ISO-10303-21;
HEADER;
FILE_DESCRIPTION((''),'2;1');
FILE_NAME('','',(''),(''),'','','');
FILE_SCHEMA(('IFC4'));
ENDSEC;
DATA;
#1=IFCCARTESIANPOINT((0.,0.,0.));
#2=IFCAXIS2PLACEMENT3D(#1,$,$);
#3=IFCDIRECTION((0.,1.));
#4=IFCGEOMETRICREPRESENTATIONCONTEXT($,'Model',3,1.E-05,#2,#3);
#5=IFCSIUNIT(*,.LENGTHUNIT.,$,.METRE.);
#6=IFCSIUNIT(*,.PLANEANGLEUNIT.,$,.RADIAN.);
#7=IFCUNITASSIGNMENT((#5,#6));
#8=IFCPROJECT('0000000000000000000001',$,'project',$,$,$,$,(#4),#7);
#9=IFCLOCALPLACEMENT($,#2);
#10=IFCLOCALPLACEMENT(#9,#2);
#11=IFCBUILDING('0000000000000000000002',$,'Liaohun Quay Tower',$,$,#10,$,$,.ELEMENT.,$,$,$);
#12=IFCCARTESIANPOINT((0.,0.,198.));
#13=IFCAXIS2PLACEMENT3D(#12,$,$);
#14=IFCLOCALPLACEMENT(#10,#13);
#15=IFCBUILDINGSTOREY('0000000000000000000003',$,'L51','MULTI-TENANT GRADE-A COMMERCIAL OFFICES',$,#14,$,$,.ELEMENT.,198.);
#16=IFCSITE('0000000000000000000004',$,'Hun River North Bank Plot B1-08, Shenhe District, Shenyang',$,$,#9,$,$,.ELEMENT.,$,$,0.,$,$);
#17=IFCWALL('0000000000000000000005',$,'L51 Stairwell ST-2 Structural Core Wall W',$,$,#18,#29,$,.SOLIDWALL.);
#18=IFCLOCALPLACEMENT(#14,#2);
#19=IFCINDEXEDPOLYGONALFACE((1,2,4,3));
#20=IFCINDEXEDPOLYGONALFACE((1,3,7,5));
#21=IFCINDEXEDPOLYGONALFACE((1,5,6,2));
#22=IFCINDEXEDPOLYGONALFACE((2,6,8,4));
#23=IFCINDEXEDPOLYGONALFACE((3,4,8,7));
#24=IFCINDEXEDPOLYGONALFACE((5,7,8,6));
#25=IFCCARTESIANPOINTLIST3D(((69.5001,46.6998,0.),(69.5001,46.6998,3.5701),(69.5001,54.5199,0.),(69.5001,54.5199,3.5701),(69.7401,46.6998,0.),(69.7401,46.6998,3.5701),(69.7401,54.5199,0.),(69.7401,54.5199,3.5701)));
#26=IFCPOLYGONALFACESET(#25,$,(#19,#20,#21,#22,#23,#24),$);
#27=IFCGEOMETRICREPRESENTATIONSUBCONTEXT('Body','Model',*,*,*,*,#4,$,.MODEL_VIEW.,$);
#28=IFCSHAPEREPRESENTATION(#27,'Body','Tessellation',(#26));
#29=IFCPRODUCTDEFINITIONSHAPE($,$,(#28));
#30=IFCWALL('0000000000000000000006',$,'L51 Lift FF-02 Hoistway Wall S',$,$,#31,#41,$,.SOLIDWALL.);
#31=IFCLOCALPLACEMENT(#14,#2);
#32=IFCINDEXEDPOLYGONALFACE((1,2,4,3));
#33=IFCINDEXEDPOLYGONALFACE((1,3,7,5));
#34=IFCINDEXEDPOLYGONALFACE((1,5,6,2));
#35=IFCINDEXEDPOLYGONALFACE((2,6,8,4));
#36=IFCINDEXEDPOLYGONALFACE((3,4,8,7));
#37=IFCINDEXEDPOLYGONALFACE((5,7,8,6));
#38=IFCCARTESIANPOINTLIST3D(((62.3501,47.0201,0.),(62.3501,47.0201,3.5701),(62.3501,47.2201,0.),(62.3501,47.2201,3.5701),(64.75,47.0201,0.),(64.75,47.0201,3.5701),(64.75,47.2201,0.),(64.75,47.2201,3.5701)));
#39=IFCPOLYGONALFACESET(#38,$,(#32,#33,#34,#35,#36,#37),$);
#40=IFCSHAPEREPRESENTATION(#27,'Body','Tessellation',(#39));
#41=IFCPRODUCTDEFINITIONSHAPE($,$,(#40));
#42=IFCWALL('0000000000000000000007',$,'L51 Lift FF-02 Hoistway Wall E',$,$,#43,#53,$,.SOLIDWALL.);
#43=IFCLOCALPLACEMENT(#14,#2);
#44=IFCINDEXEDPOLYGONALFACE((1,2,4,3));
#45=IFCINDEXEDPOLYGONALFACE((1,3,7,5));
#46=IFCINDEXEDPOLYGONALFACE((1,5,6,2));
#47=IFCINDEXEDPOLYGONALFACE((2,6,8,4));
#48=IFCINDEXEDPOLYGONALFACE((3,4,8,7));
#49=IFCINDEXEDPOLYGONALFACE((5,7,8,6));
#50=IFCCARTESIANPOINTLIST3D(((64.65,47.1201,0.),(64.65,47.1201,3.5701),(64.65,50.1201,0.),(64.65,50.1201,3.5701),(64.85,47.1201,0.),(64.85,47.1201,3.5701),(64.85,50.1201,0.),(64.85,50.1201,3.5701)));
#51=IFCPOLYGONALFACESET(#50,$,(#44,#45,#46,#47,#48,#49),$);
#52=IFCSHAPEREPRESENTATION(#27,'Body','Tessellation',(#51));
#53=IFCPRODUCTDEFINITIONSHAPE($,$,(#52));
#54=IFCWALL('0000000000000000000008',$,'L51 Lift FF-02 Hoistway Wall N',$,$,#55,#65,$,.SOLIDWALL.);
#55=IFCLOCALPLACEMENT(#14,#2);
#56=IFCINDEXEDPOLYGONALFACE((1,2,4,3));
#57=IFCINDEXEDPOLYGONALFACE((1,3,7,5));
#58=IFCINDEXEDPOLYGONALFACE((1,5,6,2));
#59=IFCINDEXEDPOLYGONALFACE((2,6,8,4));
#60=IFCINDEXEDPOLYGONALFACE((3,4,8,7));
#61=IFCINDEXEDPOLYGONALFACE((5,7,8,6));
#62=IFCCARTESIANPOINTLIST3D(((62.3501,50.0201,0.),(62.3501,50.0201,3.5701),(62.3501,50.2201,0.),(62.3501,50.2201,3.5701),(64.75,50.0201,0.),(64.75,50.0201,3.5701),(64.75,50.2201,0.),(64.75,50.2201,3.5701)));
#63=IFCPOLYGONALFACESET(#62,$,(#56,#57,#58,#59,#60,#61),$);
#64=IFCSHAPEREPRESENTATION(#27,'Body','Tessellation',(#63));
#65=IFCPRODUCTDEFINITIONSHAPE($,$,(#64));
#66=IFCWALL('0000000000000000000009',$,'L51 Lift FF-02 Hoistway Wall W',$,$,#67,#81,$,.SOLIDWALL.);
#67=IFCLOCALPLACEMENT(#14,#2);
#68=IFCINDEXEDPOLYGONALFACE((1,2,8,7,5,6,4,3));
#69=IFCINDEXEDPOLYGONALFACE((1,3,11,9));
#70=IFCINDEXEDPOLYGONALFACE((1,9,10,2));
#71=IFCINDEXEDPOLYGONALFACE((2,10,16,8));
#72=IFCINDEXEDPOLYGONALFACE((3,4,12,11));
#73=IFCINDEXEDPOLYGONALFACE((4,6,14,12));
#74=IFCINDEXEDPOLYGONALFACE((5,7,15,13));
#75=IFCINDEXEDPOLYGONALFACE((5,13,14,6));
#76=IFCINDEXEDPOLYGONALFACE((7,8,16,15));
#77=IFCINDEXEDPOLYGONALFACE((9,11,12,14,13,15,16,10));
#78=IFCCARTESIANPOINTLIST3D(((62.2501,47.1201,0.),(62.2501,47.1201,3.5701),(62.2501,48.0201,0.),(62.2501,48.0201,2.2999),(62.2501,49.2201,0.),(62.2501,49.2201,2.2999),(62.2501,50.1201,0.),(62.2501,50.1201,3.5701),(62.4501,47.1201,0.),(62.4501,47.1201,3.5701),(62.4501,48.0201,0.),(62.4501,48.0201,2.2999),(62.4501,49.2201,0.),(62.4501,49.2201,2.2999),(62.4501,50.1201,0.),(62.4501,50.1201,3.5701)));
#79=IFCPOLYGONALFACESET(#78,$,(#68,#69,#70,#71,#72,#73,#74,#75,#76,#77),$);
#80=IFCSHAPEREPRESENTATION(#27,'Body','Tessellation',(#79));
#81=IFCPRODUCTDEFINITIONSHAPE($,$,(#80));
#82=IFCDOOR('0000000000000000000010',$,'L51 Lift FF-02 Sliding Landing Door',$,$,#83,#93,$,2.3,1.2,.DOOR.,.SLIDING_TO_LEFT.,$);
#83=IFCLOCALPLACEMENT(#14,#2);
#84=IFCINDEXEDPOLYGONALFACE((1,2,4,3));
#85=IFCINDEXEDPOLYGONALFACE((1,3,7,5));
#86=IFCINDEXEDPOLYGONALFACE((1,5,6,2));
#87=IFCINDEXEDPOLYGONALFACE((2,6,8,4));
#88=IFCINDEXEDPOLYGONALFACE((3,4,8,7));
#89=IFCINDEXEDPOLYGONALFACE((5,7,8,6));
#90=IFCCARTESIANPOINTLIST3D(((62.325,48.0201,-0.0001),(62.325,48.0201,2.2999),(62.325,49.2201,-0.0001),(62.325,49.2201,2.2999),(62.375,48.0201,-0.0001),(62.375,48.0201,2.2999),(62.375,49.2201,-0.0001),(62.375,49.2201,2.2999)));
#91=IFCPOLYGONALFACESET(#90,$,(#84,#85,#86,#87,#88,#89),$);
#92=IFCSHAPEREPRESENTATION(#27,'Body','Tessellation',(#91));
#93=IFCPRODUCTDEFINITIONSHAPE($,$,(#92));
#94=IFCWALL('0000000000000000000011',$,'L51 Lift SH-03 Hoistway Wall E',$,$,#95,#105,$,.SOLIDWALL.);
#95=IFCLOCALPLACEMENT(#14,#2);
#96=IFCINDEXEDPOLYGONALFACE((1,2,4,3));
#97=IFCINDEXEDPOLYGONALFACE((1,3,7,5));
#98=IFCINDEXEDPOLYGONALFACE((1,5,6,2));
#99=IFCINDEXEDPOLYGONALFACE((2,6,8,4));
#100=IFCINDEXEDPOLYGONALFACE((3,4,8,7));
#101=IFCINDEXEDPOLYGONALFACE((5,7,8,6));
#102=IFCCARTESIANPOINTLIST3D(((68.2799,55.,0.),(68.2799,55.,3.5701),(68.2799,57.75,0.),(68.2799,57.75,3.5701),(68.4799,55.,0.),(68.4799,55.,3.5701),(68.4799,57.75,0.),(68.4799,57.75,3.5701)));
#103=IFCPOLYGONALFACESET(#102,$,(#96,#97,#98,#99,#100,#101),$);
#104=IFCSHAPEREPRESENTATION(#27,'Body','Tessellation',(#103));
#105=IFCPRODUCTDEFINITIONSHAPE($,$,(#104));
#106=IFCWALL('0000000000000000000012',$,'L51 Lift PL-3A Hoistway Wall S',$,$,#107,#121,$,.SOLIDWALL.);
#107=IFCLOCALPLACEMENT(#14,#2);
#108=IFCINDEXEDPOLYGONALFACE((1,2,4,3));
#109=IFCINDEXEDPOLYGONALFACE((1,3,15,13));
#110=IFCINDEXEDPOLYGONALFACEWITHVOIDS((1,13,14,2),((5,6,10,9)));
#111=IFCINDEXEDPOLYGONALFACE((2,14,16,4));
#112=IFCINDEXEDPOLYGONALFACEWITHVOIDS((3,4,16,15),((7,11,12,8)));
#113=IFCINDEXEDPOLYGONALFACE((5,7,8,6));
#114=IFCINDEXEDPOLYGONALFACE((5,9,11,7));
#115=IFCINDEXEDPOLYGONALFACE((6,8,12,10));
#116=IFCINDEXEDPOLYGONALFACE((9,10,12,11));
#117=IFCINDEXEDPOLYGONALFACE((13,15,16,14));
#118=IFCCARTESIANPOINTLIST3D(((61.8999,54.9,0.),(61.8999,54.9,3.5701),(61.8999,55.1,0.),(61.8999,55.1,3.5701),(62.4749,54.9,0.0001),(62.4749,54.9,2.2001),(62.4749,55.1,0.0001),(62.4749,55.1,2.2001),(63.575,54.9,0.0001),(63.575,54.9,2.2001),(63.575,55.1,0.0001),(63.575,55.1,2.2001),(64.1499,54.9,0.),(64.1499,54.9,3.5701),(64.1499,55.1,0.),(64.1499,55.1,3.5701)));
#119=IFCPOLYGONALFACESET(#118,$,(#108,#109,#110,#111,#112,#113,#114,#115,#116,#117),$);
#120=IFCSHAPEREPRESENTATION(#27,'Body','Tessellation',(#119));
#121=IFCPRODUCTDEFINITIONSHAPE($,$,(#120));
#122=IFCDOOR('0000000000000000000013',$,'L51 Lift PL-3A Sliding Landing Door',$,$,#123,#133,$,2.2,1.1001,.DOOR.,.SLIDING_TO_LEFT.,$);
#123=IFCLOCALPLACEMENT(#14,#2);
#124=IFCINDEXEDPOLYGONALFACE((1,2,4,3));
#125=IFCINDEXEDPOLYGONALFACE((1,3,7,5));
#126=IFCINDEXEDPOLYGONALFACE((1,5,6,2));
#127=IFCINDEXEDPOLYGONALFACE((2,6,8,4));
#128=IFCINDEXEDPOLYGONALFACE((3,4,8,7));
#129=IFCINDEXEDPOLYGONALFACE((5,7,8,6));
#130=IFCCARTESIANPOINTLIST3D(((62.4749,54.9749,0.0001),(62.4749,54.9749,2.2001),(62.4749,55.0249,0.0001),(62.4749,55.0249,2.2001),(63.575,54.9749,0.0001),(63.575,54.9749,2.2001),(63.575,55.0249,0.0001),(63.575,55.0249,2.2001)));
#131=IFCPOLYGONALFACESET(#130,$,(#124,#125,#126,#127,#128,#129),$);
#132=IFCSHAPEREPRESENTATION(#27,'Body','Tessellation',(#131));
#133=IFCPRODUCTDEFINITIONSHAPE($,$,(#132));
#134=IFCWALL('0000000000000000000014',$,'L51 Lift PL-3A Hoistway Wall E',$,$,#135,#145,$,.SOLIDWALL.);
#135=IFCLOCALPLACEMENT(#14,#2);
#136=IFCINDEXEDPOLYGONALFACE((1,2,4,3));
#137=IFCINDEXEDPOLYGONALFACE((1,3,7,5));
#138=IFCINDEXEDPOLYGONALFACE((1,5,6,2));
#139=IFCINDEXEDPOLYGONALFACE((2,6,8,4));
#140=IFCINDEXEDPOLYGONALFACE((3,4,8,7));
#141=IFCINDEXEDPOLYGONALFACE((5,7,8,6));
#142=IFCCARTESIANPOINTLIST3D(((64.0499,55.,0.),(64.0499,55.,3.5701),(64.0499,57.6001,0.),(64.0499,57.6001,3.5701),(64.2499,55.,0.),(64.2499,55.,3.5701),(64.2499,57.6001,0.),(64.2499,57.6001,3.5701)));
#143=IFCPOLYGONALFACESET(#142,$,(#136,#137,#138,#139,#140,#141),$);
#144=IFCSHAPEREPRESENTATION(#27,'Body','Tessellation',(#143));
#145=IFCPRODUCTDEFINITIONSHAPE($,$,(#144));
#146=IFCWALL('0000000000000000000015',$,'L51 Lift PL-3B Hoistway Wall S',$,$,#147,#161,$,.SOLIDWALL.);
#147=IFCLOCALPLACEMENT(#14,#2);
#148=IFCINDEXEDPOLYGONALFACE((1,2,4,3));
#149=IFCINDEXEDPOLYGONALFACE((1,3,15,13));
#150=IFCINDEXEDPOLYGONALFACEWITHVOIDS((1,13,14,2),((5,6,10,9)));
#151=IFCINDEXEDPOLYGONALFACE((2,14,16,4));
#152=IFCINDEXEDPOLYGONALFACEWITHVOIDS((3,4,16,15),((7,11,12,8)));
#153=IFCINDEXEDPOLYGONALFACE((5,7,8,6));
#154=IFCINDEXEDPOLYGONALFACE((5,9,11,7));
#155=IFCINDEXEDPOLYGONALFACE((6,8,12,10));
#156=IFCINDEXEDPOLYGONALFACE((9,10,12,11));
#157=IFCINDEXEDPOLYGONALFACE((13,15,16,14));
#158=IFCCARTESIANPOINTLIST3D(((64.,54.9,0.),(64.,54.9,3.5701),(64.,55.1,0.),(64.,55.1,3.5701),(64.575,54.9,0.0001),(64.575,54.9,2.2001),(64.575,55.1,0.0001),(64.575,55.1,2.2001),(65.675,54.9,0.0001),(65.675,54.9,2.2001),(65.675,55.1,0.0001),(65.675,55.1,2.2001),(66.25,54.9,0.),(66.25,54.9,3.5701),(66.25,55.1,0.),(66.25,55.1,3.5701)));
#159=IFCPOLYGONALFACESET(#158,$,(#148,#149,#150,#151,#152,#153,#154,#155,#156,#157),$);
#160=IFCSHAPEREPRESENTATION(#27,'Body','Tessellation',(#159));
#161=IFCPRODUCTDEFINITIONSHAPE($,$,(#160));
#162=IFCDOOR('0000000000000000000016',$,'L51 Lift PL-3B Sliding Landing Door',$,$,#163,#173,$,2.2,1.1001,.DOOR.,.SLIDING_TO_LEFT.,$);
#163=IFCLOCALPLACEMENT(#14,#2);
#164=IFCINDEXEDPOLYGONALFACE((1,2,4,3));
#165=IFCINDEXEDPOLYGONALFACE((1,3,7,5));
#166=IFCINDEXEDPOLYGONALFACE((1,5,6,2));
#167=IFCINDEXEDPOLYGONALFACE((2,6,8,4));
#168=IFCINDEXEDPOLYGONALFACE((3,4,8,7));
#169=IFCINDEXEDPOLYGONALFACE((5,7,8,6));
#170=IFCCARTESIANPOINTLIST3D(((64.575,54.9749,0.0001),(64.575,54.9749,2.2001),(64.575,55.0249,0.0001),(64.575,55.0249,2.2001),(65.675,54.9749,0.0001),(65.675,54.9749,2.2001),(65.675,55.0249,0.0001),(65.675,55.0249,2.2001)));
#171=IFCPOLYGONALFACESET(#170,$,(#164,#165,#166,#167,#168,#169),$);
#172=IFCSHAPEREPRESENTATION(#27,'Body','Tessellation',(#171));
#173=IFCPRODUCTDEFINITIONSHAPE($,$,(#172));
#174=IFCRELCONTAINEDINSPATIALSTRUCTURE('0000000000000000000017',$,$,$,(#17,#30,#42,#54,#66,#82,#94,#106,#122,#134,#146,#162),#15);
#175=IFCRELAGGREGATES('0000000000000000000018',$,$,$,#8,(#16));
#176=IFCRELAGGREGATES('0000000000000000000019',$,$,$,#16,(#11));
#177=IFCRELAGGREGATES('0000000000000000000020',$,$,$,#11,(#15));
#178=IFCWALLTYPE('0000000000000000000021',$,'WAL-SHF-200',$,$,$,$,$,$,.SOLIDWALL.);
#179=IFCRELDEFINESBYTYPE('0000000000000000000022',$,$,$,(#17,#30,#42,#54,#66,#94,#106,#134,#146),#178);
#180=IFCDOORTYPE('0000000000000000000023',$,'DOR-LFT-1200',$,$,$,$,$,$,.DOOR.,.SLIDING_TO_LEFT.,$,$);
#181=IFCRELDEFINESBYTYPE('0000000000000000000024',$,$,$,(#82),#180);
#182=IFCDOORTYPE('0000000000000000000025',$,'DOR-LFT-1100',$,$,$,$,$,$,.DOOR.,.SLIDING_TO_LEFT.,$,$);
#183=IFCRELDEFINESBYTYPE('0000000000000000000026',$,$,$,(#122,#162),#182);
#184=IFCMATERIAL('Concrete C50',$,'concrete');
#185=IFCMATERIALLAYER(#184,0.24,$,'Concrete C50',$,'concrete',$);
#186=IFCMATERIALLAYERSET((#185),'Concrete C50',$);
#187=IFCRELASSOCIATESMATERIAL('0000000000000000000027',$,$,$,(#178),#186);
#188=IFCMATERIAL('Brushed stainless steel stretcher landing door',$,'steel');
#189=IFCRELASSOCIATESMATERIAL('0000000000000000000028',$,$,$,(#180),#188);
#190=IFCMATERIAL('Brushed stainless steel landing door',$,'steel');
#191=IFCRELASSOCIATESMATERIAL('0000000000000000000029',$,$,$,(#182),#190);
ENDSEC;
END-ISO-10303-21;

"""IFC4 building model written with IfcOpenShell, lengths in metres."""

from ifc_helpers import new_model, si_unit, direction, frame, frame_2d, origin, place, context, subcontext, project, spatial, rectangle, extrude, source, transform, mapped, material, layer, layer_set, type_object, element, fill, save


model = new_model("IFC4")

# Units and contexts
model_context = context("Model", 3, precision=1e-05, world=origin(), true_north=direction((0.0, 1.0)))
body_context = subcontext(model_context, "Body", "Model", "MODEL_VIEW")
ifc_project = project(units=[si_unit("LENGTHUNIT", "METRE"), si_unit("PLANEANGLEUNIT", "RADIAN")], contexts=[model_context])

# Site, building, storey
site_placement = place(None, origin())
site = spatial("IfcSite", under=ifc_project, at=site_placement, Name="Hun River North Bank Plot B1-08, Shenhe District, Shenyang", CompositionType="ELEMENT", RefElevation=0.0)
building_placement = place(site_placement, origin())
building = spatial("IfcBuilding", under=site, at=building_placement, Name="Liaohun Quay Tower", CompositionType="ELEMENT")
storey_placement = place(building_placement, frame((0.0, 0.0, 198.0)))
storey = spatial("IfcBuildingStorey", under=building, at=storey_placement, Name="L51", Description="MULTI-TENANT GRADE-A COMMERCIAL OFFICES", CompositionType="ELEMENT", Elevation=198.0)

# Walls
ifc_material_1 = material(Name="Concrete C50", Category="concrete")
ifc_layer_1 = layer(ifc_material_1, 0.24, Name="Concrete C50", Category="concrete")
ifc_layer_set_1 = layer_set([ifc_layer_1], Name="Concrete C50")
wall_type_1 = type_object("IfcWallType", Name="WAL-SHF-200", PredefinedType="SOLIDWALL", material=ifc_layer_set_1)
wall_1_placement = place(storey_placement, frame((69.6201, 54.52, 0.0), z_axis=(0.0, 0.0, 1.0), x_axis=(0.0, -1.0, 0.0)))
element("IfcWall", 1, at=wall_1_placement, inside=storey, type_object=wall_type_1, Name="L51 Stairwell ST-2 Structural Core Wall W", PredefinedType="SOLIDWALL", context=body_context, shape_type="SweptSolid", body=[
    extrude(rectangle(XDim=7.8201, YDim=0.24, at=frame_2d((3.9102, 0.0))), origin(), (0.0, 0.0, 1.0), 3.5701),
])
wall_2_placement = place(storey_placement, frame((62.3501, 47.1201, 0.0), z_axis=(0.0, 0.0, 1.0), x_axis=(1.0, 0.0, 0.0)))
element("IfcWall", 2, at=wall_2_placement, inside=storey, type_object=wall_type_1, Name="L51 Lift FF-02 Hoistway Wall S", PredefinedType="SOLIDWALL", context=body_context, shape_type="SweptSolid", body=[
    extrude(rectangle(XDim=2.3999, YDim=0.2, at=frame_2d((1.2, 0.0))), origin(), (0.0, 0.0, 1.0), 3.5701),
])
wall_3_placement = place(storey_placement, frame((64.75, 47.1201, 0.0), z_axis=(0.0, 0.0, 1.0), x_axis=(0.0, 1.0, 0.0)))
element("IfcWall", 3, at=wall_3_placement, inside=storey, type_object=wall_type_1, Name="L51 Lift FF-02 Hoistway Wall E", PredefinedType="SOLIDWALL", context=body_context, shape_type="SweptSolid", body=[
    extrude(rectangle(XDim=3.0, YDim=0.2, at=frame_2d((1.5, 0.0))), origin(), (0.0, 0.0, 1.0), 3.5701),
])
wall_4_placement = place(storey_placement, frame((64.75, 50.1201, 0.0), z_axis=(0.0, 0.0, 1.0), x_axis=(-1.0, 0.0, 0.0)))
element("IfcWall", 4, at=wall_4_placement, inside=storey, type_object=wall_type_1, Name="L51 Lift FF-02 Hoistway Wall N", PredefinedType="SOLIDWALL", context=body_context, shape_type="SweptSolid", body=[
    extrude(rectangle(XDim=2.3999, YDim=0.2, at=frame_2d((1.2, 0.0))), origin(), (0.0, 0.0, 1.0), 3.5701),
])

# Wall, opening, door
wall_5_placement = place(storey_placement, frame((62.3501, 50.1201, 0.0), z_axis=(0.0, 0.0, 1.0), x_axis=(0.0, -1.0, 0.0)))
wall_5 = element("IfcWall", 5, at=wall_5_placement, inside=storey, type_object=wall_type_1, Name="L51 Lift FF-02 Hoistway Wall W", PredefinedType="SOLIDWALL", context=body_context, shape_type="SweptSolid", body=[
    extrude(rectangle(XDim=3.0, YDim=0.2, at=frame_2d((1.5, 0.0))), origin(), (0.0, 0.0, 1.0), 3.5701),
])
shared_shape_1 = source(origin(), body_context, "Body", "SweptSolid", [
    extrude(rectangle(XDim=1.2, YDim=2.3, at=frame_2d((0.6001, 1.1499))), frame((0.0, 0.1099, 0.0), z_axis=(0.0, -1.0, 0.0), x_axis=(1.0, 0.0, 0.0)), (0.0, 0.0, 1.0), 0.22),
])
opening_1_placement = place(wall_5_placement, frame((0.8999, 0.0, 0.0)))
opening_1 = element("IfcOpeningElement", 6, at=opening_1_placement, cuts=wall_5, PredefinedType="OPENING", context=body_context, shape_type="MappedRepresentation", body=[
    mapped(shared_shape_1, transform((0.0, 0.0, 0.0), x_axis=(1.0, 0.0, 0.0), y_axis=(0.0, 1.0, 0.0), z_axis=(0.0, 0.0, 1.0), scale=1.0)),
])
ifc_material_2 = material(Name="Brushed stainless steel stretcher landing door", Category="steel")
door_type_1 = type_object("IfcDoorType", Name="DOR-LFT-1200", OperationType="SLIDING_TO_LEFT", PredefinedType="DOOR", material=ifc_material_2)
shared_shape_2 = source(origin(), body_context, "Body", "SweptSolid", [
    extrude(rectangle(XDim=1.2, YDim=2.3, at=frame_2d((0.6001, 1.1499))), frame((0.0, 0.0249, 0.0), z_axis=(0.0, -1.0, 0.0), x_axis=(1.0, 0.0, 0.0)), (0.0, 0.0, 1.0), 0.05),
])
door_1_placement = place(opening_1_placement, origin())
door_1 = element("IfcDoor", 7, at=door_1_placement, inside=storey, type_object=door_type_1, Name="L51 Lift FF-02 Sliding Landing Door", OperationType="SLIDING_TO_LEFT", OverallHeight=2.3, OverallWidth=1.2, PredefinedType="DOOR", context=body_context, shape_type="MappedRepresentation", body=[
    mapped(shared_shape_2, transform((0.0, 0.0, 0.0), x_axis=(1.0, 0.0, 0.0), y_axis=(0.0, 1.0, 0.0), z_axis=(0.0, 0.0, 1.0), scale=1.0)),
])
fill(opening_1, door_1)

# Wall
wall_6_placement = place(storey_placement, frame((68.3799, 55.0, 0.0), z_axis=(0.0, 0.0, 1.0), x_axis=(0.0, 1.0, 0.0)))
element("IfcWall", 8, at=wall_6_placement, inside=storey, type_object=wall_type_1, Name="L51 Lift SH-03 Hoistway Wall E", PredefinedType="SOLIDWALL", context=body_context, shape_type="SweptSolid", body=[
    extrude(rectangle(XDim=2.75, YDim=0.2, at=frame_2d((1.375, 0.0))), origin(), (0.0, 0.0, 1.0), 3.5701),
])

# Wall, opening, door
wall_7_placement = place(storey_placement, frame((61.8999, 55.0, 0.0), z_axis=(0.0, 0.0, 1.0), x_axis=(1.0, 0.0, 0.0)))
wall_7 = element("IfcWall", 9, at=wall_7_placement, inside=storey, type_object=wall_type_1, Name="L51 Lift PL-3A Hoistway Wall S", PredefinedType="SOLIDWALL", context=body_context, shape_type="SweptSolid", body=[
    extrude(rectangle(XDim=2.25, YDim=0.2, at=frame_2d((1.125, 0.0))), origin(), (0.0, 0.0, 1.0), 3.5701),
])
shared_shape_3 = source(origin(), body_context, "Body", "SweptSolid", [
    extrude(rectangle(XDim=1.1001, YDim=2.2, at=frame_2d((0.55, 1.1001))), frame((0.0, 0.1099, 0.0), z_axis=(0.0, -1.0, 0.0), x_axis=(1.0, 0.0, 0.0)), (0.0, 0.0, 1.0), 0.22),
])
opening_2_placement = place(wall_7_placement, frame((0.575, 0.0, 0.0)))
opening_2 = element("IfcOpeningElement", 10, at=opening_2_placement, cuts=wall_7, PredefinedType="OPENING", context=body_context, shape_type="MappedRepresentation", body=[
    mapped(shared_shape_3, transform((0.0, 0.0, 0.0), x_axis=(1.0, 0.0, 0.0), y_axis=(0.0, 1.0, 0.0), z_axis=(0.0, 0.0, 1.0), scale=1.0)),
])
ifc_material_3 = material(Name="Brushed stainless steel landing door", Category="steel")
door_type_2 = type_object("IfcDoorType", Name="DOR-LFT-1100", OperationType="SLIDING_TO_LEFT", PredefinedType="DOOR", material=ifc_material_3)
shared_shape_4 = source(origin(), body_context, "Body", "SweptSolid", [
    extrude(rectangle(XDim=1.1001, YDim=2.2, at=frame_2d((0.55, 1.1001))), frame((0.0, 0.0249, 0.0), z_axis=(0.0, -1.0, 0.0), x_axis=(1.0, 0.0, 0.0)), (0.0, 0.0, 1.0), 0.05),
])
door_2_placement = place(opening_2_placement, origin())
door_2 = element("IfcDoor", 11, at=door_2_placement, inside=storey, type_object=door_type_2, Name="L51 Lift PL-3A Sliding Landing Door", OperationType="SLIDING_TO_LEFT", OverallHeight=2.2, OverallWidth=1.1001, PredefinedType="DOOR", context=body_context, shape_type="MappedRepresentation", body=[
    mapped(shared_shape_4, transform((0.0, 0.0, 0.0), x_axis=(1.0, 0.0, 0.0), y_axis=(0.0, 1.0, 0.0), z_axis=(0.0, 0.0, 1.0), scale=1.0)),
])
fill(opening_2, door_2)

# Wall
wall_8_placement = place(storey_placement, frame((64.1499, 55.0, 0.0), z_axis=(0.0, 0.0, 1.0), x_axis=(0.0, 1.0, 0.0)))
element("IfcWall", 12, at=wall_8_placement, inside=storey, type_object=wall_type_1, Name="L51 Lift PL-3A Hoistway Wall E", PredefinedType="SOLIDWALL", context=body_context, shape_type="SweptSolid", body=[
    extrude(rectangle(XDim=2.6001, YDim=0.2, at=frame_2d((1.3, 0.0))), origin(), (0.0, 0.0, 1.0), 3.5701),
])

# Wall, opening, door
wall_9_placement = place(storey_placement, frame((64.0, 55.0, 0.0), z_axis=(0.0, 0.0, 1.0), x_axis=(1.0, 0.0, 0.0)))
wall_9 = element("IfcWall", 13, at=wall_9_placement, inside=storey, type_object=wall_type_1, Name="L51 Lift PL-3B Hoistway Wall S", PredefinedType="SOLIDWALL", context=body_context, shape_type="SweptSolid", body=[
    extrude(rectangle(XDim=2.25, YDim=0.2, at=frame_2d((1.125, 0.0))), origin(), (0.0, 0.0, 1.0), 3.5701),
])
opening_3_placement = place(wall_9_placement, frame((0.575, 0.0, 0.0)))
opening_3 = element("IfcOpeningElement", 14, at=opening_3_placement, cuts=wall_9, PredefinedType="OPENING", context=body_context, shape_type="MappedRepresentation", body=[
    mapped(shared_shape_3, transform((0.0, 0.0, 0.0), x_axis=(1.0, 0.0, 0.0), y_axis=(0.0, 1.0, 0.0), z_axis=(0.0, 0.0, 1.0), scale=1.0)),
])
door_3_placement = place(opening_3_placement, origin())
door_3 = element("IfcDoor", 15, at=door_3_placement, inside=storey, type_object=door_type_2, Name="L51 Lift PL-3B Sliding Landing Door", OperationType="SLIDING_TO_LEFT", OverallHeight=2.2, OverallWidth=1.1001, PredefinedType="DOOR", context=body_context, shape_type="MappedRepresentation", body=[
    mapped(shared_shape_4, transform((0.0, 0.0, 0.0), x_axis=(1.0, 0.0, 0.0), y_axis=(0.0, 1.0, 0.0), z_axis=(0.0, 0.0, 1.0), scale=1.0)),
])
fill(opening_3, door_3)

save(model, "model.ifc")
